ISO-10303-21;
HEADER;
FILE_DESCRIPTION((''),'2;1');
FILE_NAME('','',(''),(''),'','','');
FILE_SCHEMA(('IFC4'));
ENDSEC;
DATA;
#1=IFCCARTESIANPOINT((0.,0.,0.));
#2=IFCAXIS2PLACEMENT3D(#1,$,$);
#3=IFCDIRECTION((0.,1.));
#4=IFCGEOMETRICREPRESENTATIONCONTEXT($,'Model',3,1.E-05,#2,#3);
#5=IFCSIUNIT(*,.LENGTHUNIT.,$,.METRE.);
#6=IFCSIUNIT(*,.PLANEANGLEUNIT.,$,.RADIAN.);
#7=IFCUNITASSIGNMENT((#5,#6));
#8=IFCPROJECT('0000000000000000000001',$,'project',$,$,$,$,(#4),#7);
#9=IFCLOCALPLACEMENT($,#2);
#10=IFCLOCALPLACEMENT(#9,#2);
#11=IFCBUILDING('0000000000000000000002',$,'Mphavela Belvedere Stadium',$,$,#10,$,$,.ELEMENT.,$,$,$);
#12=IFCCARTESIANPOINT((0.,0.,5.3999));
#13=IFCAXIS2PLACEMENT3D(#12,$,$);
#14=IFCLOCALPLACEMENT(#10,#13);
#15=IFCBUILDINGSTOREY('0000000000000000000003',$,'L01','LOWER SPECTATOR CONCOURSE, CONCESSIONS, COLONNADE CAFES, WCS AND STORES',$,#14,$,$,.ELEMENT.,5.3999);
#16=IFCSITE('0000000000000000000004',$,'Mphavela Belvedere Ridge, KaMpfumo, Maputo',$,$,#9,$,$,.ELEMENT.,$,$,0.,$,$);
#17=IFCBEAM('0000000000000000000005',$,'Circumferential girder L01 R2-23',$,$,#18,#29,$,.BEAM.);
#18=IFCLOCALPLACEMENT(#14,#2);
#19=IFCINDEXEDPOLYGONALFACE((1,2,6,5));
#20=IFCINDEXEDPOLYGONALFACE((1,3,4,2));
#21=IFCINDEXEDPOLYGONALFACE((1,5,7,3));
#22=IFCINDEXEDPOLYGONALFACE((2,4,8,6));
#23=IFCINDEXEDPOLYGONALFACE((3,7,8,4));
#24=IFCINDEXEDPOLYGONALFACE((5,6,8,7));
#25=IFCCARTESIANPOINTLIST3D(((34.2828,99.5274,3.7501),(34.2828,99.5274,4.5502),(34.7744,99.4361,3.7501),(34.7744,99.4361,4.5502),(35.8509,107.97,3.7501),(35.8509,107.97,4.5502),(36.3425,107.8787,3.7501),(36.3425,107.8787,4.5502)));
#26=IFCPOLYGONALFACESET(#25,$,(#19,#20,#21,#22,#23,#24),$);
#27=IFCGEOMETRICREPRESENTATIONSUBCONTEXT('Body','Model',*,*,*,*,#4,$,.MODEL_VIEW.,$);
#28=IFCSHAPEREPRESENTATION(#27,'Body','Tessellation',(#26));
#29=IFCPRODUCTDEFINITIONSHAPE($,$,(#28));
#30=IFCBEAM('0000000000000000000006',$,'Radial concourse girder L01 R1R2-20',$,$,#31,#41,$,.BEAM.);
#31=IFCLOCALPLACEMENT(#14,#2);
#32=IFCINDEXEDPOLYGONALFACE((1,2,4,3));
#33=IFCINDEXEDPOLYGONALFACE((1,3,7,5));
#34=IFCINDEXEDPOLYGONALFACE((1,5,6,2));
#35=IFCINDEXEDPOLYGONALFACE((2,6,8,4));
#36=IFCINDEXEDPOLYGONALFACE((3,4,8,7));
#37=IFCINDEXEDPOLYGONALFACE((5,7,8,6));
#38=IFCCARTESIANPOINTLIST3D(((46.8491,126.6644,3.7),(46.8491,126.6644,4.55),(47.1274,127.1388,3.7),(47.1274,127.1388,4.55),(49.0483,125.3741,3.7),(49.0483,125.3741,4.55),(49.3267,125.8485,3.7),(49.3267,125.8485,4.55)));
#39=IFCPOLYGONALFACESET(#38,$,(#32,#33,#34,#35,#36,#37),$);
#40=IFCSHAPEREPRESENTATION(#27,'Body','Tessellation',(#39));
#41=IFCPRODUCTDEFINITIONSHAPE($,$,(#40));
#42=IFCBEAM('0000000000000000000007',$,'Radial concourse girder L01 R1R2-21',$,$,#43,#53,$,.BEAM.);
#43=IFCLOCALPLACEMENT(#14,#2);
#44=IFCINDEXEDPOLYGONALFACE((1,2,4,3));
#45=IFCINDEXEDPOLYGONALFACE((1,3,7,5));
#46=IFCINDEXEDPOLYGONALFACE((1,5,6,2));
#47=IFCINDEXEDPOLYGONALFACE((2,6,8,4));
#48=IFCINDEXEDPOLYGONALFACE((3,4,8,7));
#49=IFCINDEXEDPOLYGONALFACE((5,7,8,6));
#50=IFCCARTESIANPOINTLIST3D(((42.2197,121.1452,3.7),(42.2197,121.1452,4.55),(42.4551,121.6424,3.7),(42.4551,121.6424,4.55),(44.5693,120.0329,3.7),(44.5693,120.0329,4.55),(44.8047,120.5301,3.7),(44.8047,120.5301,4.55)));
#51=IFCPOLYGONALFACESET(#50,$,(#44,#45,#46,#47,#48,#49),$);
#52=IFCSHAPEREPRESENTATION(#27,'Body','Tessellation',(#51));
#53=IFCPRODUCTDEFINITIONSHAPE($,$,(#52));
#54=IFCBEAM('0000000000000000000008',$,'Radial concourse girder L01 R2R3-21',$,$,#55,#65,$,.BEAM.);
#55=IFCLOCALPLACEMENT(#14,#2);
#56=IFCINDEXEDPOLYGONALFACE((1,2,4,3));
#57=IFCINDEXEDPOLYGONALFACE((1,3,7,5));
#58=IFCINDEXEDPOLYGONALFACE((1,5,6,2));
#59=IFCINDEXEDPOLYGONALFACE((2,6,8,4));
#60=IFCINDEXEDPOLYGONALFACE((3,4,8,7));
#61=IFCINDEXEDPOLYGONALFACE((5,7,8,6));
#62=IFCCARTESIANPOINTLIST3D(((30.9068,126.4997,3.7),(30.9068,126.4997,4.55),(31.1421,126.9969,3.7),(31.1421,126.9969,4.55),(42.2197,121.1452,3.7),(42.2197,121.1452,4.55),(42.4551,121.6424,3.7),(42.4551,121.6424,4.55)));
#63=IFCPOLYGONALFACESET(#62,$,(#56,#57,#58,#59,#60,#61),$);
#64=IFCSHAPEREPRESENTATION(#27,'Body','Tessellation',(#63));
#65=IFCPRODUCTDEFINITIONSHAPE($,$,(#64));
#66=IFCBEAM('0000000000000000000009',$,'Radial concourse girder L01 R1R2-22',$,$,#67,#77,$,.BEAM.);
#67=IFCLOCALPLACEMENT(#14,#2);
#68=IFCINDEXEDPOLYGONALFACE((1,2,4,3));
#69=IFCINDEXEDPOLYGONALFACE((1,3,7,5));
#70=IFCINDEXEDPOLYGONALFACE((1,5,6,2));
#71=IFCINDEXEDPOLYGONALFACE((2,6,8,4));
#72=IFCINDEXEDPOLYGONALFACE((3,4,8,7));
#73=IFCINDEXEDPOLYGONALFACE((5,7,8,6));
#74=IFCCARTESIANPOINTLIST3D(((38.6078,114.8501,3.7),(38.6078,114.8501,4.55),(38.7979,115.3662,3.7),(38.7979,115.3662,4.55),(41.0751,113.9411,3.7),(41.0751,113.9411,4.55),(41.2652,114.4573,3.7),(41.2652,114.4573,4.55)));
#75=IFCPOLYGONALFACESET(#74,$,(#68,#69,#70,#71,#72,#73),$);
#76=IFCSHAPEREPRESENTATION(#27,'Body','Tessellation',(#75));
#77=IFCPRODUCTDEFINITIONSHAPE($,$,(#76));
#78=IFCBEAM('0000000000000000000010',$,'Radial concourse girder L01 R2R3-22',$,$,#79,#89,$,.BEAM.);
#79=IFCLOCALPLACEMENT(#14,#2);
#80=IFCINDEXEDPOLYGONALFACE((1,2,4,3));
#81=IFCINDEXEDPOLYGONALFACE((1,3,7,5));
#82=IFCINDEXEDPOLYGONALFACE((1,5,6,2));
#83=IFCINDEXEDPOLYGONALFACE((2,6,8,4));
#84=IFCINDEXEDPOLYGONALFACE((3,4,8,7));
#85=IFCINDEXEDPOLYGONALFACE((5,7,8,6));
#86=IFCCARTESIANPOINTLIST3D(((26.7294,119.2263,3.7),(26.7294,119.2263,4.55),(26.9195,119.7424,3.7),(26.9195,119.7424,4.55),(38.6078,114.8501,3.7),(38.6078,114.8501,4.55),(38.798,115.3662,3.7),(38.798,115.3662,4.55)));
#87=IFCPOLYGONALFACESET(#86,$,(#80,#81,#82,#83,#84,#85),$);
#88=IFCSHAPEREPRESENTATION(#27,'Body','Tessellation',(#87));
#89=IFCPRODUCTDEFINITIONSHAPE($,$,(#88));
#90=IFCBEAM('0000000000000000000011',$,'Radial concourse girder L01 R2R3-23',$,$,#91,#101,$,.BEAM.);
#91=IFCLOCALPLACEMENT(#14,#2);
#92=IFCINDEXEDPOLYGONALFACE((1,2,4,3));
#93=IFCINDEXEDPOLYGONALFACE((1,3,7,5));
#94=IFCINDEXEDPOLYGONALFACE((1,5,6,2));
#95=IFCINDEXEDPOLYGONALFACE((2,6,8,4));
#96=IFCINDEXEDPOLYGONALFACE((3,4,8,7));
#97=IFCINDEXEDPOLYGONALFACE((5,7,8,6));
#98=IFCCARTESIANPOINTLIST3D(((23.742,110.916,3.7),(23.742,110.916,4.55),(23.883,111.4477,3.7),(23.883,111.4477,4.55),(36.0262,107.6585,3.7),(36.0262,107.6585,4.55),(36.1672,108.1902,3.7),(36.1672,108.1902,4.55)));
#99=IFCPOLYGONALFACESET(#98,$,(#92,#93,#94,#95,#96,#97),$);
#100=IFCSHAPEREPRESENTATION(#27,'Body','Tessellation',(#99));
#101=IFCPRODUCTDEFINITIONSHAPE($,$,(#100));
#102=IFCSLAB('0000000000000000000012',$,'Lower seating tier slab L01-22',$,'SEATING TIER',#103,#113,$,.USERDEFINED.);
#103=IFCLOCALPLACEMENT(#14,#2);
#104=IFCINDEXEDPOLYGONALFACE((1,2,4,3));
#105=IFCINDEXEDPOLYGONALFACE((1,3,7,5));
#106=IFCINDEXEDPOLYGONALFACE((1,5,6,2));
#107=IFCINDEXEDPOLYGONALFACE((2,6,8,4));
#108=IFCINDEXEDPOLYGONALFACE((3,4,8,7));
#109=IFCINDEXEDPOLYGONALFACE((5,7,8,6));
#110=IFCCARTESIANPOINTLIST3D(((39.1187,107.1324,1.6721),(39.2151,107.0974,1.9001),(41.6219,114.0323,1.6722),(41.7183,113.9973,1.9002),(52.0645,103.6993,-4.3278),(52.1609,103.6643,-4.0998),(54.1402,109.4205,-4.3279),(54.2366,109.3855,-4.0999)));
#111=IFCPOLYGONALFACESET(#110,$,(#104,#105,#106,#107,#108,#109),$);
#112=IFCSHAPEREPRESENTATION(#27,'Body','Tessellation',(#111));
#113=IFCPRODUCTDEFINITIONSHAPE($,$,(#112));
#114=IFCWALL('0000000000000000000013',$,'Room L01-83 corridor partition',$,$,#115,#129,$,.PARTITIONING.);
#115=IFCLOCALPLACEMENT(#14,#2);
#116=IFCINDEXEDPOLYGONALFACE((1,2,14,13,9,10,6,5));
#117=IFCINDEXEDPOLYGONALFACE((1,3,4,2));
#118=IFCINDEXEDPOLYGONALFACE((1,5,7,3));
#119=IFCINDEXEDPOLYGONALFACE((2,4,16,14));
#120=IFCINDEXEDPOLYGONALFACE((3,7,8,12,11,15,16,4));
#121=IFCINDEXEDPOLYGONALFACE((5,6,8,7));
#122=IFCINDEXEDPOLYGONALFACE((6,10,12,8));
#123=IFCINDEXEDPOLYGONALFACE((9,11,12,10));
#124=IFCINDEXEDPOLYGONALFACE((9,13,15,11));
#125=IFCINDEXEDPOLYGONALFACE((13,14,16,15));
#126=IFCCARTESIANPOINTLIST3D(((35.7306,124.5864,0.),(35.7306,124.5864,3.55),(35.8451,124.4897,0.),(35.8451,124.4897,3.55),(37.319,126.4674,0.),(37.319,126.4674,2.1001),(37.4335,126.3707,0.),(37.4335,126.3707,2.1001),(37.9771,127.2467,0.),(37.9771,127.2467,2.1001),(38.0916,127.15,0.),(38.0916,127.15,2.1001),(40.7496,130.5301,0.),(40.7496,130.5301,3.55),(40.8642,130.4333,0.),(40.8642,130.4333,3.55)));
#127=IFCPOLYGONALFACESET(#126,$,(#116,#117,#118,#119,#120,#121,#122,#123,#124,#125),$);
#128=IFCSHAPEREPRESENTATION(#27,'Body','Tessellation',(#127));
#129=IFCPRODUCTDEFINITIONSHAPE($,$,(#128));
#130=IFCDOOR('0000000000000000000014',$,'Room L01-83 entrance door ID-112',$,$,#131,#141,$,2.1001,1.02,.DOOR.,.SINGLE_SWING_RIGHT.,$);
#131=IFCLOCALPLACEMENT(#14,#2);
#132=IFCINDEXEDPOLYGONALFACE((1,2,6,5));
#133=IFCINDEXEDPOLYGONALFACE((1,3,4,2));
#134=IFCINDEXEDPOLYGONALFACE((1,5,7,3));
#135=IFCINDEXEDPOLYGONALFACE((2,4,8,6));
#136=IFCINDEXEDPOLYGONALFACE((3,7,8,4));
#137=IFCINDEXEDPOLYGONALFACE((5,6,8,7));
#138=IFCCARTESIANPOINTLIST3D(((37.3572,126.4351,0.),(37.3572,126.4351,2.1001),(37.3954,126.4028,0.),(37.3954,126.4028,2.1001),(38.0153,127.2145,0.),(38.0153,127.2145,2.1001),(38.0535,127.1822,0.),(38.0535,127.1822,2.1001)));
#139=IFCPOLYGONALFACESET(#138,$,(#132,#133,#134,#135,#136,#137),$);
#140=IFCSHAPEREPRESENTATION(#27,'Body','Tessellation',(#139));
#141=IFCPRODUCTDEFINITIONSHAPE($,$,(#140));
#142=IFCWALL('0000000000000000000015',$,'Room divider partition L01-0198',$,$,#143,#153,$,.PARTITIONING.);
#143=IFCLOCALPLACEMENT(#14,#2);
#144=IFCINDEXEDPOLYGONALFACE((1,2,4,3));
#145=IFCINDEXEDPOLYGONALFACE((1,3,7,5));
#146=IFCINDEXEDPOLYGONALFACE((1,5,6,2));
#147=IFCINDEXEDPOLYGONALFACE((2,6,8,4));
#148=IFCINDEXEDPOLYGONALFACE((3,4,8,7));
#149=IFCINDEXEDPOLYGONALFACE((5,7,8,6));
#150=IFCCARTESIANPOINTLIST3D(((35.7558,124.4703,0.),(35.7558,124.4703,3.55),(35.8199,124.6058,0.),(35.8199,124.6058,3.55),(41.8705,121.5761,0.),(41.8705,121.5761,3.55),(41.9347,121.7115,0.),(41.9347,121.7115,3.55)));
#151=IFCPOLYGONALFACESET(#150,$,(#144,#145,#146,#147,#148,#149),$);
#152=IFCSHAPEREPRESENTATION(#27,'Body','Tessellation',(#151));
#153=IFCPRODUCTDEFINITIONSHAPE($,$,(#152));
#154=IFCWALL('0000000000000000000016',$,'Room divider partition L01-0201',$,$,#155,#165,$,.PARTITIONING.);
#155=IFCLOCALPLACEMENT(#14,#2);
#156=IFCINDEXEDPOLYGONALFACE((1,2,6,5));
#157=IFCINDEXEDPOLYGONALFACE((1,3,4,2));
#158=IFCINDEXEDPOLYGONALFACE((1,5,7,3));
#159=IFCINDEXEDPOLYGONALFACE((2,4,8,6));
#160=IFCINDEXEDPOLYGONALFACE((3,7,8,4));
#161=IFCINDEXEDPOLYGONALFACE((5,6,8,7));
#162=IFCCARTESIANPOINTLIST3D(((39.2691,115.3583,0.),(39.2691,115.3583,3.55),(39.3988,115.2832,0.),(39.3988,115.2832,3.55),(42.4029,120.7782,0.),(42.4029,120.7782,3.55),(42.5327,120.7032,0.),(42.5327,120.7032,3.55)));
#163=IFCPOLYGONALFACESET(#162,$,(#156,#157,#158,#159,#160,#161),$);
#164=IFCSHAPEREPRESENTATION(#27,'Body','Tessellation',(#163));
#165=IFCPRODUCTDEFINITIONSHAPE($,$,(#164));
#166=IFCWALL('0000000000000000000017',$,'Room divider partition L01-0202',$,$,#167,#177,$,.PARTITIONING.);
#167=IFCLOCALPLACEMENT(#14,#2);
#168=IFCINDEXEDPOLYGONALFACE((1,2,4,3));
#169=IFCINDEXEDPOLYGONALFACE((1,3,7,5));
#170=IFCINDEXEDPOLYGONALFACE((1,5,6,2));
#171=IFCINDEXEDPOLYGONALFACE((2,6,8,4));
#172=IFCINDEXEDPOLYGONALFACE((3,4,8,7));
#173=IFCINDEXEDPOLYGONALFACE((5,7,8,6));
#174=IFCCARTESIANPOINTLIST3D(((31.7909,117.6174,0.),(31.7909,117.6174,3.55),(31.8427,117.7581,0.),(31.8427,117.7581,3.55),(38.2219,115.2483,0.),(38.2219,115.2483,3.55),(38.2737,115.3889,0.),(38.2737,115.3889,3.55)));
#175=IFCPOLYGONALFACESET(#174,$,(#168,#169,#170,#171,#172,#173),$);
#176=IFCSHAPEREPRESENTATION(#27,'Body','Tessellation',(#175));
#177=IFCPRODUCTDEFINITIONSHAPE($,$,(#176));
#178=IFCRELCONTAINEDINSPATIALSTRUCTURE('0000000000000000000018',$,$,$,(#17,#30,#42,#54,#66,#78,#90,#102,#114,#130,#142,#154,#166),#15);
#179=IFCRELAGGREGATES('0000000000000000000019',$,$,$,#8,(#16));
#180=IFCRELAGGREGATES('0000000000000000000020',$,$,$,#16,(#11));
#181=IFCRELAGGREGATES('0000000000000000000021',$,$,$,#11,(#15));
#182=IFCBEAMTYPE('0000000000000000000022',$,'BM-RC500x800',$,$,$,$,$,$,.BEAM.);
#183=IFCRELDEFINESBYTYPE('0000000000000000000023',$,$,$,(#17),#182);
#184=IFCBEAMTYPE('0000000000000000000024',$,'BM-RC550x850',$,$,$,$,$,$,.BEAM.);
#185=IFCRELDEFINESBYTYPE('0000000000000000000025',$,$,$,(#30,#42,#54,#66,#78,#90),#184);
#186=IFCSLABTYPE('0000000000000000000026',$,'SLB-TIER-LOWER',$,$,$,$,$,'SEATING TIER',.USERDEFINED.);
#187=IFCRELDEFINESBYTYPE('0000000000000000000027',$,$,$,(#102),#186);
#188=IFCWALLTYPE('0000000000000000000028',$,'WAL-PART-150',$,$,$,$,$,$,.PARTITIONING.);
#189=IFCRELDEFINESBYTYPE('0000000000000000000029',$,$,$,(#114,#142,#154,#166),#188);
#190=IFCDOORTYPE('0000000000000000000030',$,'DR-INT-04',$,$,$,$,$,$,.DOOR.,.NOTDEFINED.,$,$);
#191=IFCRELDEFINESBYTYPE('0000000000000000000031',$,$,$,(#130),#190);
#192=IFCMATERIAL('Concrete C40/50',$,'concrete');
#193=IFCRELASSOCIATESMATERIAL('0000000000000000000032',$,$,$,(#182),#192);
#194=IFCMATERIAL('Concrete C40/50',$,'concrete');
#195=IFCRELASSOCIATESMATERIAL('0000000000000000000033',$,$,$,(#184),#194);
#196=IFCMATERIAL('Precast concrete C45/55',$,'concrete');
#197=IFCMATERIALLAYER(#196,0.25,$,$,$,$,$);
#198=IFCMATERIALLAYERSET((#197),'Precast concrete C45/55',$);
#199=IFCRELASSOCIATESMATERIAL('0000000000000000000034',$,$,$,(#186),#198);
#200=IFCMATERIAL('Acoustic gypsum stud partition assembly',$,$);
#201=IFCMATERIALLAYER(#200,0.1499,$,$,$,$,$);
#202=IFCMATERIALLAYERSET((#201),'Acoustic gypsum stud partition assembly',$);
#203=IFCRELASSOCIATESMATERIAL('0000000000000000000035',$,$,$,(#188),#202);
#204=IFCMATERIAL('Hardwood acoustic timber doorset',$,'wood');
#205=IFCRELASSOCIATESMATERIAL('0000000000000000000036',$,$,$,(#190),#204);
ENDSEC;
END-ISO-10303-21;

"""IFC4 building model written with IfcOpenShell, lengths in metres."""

from ifc_helpers import new_model, si_unit, direction, frame, frame_2d, origin, origin_2d, place, context, subcontext, project, spatial, polyline, rectangle, outline, extrude, material, layer, layer_set, material_profile, profile_set, type_object, element, fill, save


model = new_model("IFC4")

# Units and contexts
model_context = context("Model", 3, precision=1e-05, world=origin(), true_north=direction((0.0, 1.0)))
body_context = subcontext(model_context, "Body", "Model", "MODEL_VIEW")
ifc_project = project(units=[si_unit("LENGTHUNIT", "METRE"), si_unit("PLANEANGLEUNIT", "RADIAN")], contexts=[model_context])

# Site, building, storey
site_placement = place(None, origin())
site = spatial("IfcSite", under=ifc_project, at=site_placement, Name="Mphavela Belvedere Ridge, KaMpfumo, Maputo", CompositionType="ELEMENT", RefElevation=0.0)
building_placement = place(site_placement, origin())
building = spatial("IfcBuilding", under=site, at=building_placement, Name="Mphavela Belvedere Stadium", CompositionType="ELEMENT")
storey_placement = place(building_placement, frame((0.0, 0.0, 5.3999)))
storey = spatial("IfcBuildingStorey", under=building, at=storey_placement, Name="L01", Description="LOWER SPECTATOR CONCOURSE, CONCESSIONS, COLONNADE CAFES, WCS AND STORES", CompositionType="ELEMENT", Elevation=5.3999)

# Beams
ifc_material_1 = material(Name="Concrete C40/50", Category="concrete")
ifc_material_profile_1 = material_profile(ifc_material_1, rectangle(XDim=0.5, YDim=0.8, at=origin_2d()), Name="RC 500x800")
ifc_profile_set_1 = profile_set([ifc_material_profile_1], Name="Concrete C40/50")
beam_type_1 = type_object("IfcBeamType", Name="BM-RC500x800", PredefinedType="BEAM", material=ifc_profile_set_1)
beam_1_placement = place(storey_placement, frame((36.0967, 107.9243, 4.1501), z_axis=(-0.182615, -0.983185, 0.0), x_axis=(0.983185, -0.182615, 0.0)))
element("IfcBeam", 1, at=beam_1_placement, inside=storey, type_object=beam_type_1, Name="Circumferential girder L01 R2-23", PredefinedType="BEAM", context=body_context, shape_type="SweptSolid", body=[
    extrude(rectangle(XDim=0.5, YDim=0.8, at=origin_2d()), origin(), (0.0, 0.0, 1.0), 8.5869),
])
ifc_material_2 = material(Name="Concrete C40/50", Category="concrete")
ifc_material_profile_2 = material_profile(ifc_material_2, rectangle(XDim=0.55, YDim=0.8501, at=origin_2d()), Name="RC 550x850")
ifc_profile_set_2 = profile_set([ifc_material_profile_2], Name="Concrete C40/50")
beam_type_2 = type_object("IfcBeamType", Name="BM-RC550x850", PredefinedType="BEAM", material=ifc_profile_set_2)
beam_2_placement = place(storey_placement, frame((49.1875, 125.6113, 4.125), z_axis=(-0.862512, 0.506036, 0.0), x_axis=(-0.506036, -0.862512, 0.0)))
element("IfcBeam", 2, at=beam_2_placement, inside=storey, type_object=beam_type_2, Name="Radial concourse girder L01 R1R2-20", PredefinedType="BEAM", context=body_context, shape_type="SweptSolid", body=[
    extrude(rectangle(XDim=0.55, YDim=0.8501, at=origin_2d()), origin(), (0.0, 0.0, 1.0), 2.5498),
])
beam_3_placement = place(storey_placement, frame((44.687, 120.2815, 4.125), z_axis=(-0.903837, 0.427876, 0.0), x_axis=(-0.427876, -0.903837, 0.0)))
element("IfcBeam", 3, at=beam_3_placement, inside=storey, type_object=beam_type_2, Name="Radial concourse girder L01 R1R2-21", PredefinedType="BEAM", context=body_context, shape_type="SweptSolid", body=[
    extrude(rectangle(XDim=0.55, YDim=0.8501, at=origin_2d()), origin(), (0.0, 0.0, 1.0), 2.5996),
])
beam_4_placement = place(storey_placement, frame((42.3374, 121.3938, 4.125), z_axis=(-0.90387, 0.427806, 0.0), x_axis=(-0.427806, -0.90387, 0.0)))
element("IfcBeam", 4, at=beam_4_placement, inside=storey, type_object=beam_type_2, Name="Radial concourse girder L01 R2R3-21", PredefinedType="BEAM", context=body_context, shape_type="SweptSolid", body=[
    extrude(rectangle(XDim=0.55, YDim=0.8501, at=origin_2d()), origin(), (0.0, 0.0, 1.0), 12.5161),
])
beam_5_placement = place(storey_placement, frame((41.1702, 114.1992, 4.125), z_axis=(-0.938351, 0.345684, 0.0), x_axis=(-0.345684, -0.938351, 0.0)))
element("IfcBeam", 5, at=beam_5_placement, inside=storey, type_object=beam_type_2, Name="Radial concourse girder L01 R1R2-22", PredefinedType="BEAM", context=body_context, shape_type="SweptSolid", body=[
    extrude(rectangle(XDim=0.55, YDim=0.8501, at=origin_2d()), origin(), (0.0, 0.0, 1.0), 2.6294),
])
beam_6_placement = place(storey_placement, frame((38.7029, 115.1082, 4.125), z_axis=(-0.938344, 0.345703, 0.0), x_axis=(-0.345703, -0.938344, 0.0)))
element("IfcBeam", 6, at=beam_6_placement, inside=storey, type_object=beam_type_2, Name="Radial concourse girder L01 R2R3-22", PredefinedType="BEAM", context=body_context, shape_type="SweptSolid", body=[
    extrude(rectangle(XDim=0.55, YDim=0.8501, at=origin_2d()), origin(), (0.0, 0.0, 1.0), 12.6589),
])
beam_7_placement = place(storey_placement, frame((36.0967, 107.9243, 4.125), z_axis=(-0.966591, 0.256324, 0.0), x_axis=(-0.256324, -0.966591, 0.0)))
element("IfcBeam", 7, at=beam_7_placement, inside=storey, type_object=beam_type_2, Name="Radial concourse girder L01 R2R3-23", PredefinedType="BEAM", context=body_context, shape_type="SweptSolid", body=[
    extrude(rectangle(XDim=0.55, YDim=0.8501, at=origin_2d()), origin(), (0.0, 0.0, 1.0), 12.7087),
])

# Slab
ifc_material_3 = material(Name="Precast concrete C45/55", Category="concrete")
ifc_layer_1 = layer(ifc_material_3, 0.25)
ifc_layer_set_1 = layer_set([ifc_layer_1], Name="Precast concrete C45/55")
slab_type = type_object("IfcSlabType", Name="SLB-TIER-LOWER", ElementType="SEATING TIER", PredefinedType="USERDEFINED", material=ifc_layer_set_1)
slab_1_placement = place(storey_placement, frame((54.2366, 109.3855, -4.0999), z_axis=(0.385588, -0.139889, 0.912005), x_axis=(-0.341052, -0.940044, 0.000004)))
element("IfcSlab", 8, at=slab_1_placement, inside=storey, type_object=slab_type, Name="Lower seating tier slab L01-22", ObjectType="SEATING TIER", PredefinedType="USERDEFINED", context=body_context, shape_type="SweptSolid", body=[
    extrude(outline(polyline([(0.0, 0.0), (6.0861, 0.0), (7.274, -14.6277), (-0.0659, -14.6278), (0.0, 0.0)])), origin(), (0.0, 0.0, -1.0), 0.25),
])

# Wall, opening, door
ifc_material_4 = material(Name="Acoustic gypsum stud partition assembly")
ifc_layer_2 = layer(ifc_material_4, 0.1499)
ifc_layer_set_2 = layer_set([ifc_layer_2], Name="Acoustic gypsum stud partition assembly")
wall_type = type_object("IfcWallType", Name="WAL-PART-150", PredefinedType="PARTITIONING", material=ifc_layer_set_2)
wall_1_placement = place(storey_placement, frame((35.7878, 124.5381, 0.0), z_axis=(0.0, 0.0, 1.0), x_axis=(0.645181, 0.76403, 0.0)))
wall_1 = element("IfcWall", 9, at=wall_1_placement, inside=storey, type_object=wall_type, Name="Room L01-83 corridor partition", PredefinedType="PARTITIONING", context=body_context, shape_type="SweptSolid", body=[
    extrude(rectangle(XDim=7.7793, YDim=0.1499, at=frame_2d((3.8896, 0.0))), origin(), (0.0, 0.0, 1.0), 3.55),
])
opening_placement = place(wall_1_placement, frame((2.4619, 0.0, 0.0)))
opening = element("IfcOpeningElement", 10, at=opening_placement, cuts=wall_1, PredefinedType="OPENING", context=body_context, shape_type="SweptSolid", body=[
    extrude(rectangle(XDim=1.02, YDim=2.1001, at=frame_2d((0.51, 1.05))), frame((0.0, 0.085, 0.0), z_axis=(0.0, -1.0, 0.0), x_axis=(1.0, 0.0, 0.0)), (0.0, 0.0, 1.0), 0.1699),
])
ifc_material_5 = material(Name="Hardwood acoustic timber doorset", Category="wood")
door_type = type_object("IfcDoorType", Name="DR-INT-04", OperationType="NOTDEFINED", PredefinedType="DOOR", material=ifc_material_5)
door_placement = place(opening_placement, origin())
door = element("IfcDoor", 11, at=door_placement, inside=storey, type_object=door_type, Name="Room L01-83 entrance door ID-112", OperationType="SINGLE_SWING_RIGHT", OverallHeight=2.1001, OverallWidth=1.02, PredefinedType="DOOR", context=body_context, shape_type="SweptSolid", body=[
    extrude(rectangle(XDim=1.02, YDim=2.1001, at=frame_2d((0.51, 1.05))), frame((0.0, 0.0249, 0.0), z_axis=(0.0, -1.0, 0.0), x_axis=(1.0, 0.0, 0.0)), (0.0, 0.0, 1.0), 0.05),
])
fill(opening, door)

# Walls
wall_2_placement = place(storey_placement, frame((41.9026, 121.6438, 0.0), z_axis=(0.0, 0.0, 1.0), x_axis=(-0.903862, 0.427824, 0.0)))
element("IfcWall", 12, at=wall_2_placement, inside=storey, type_object=wall_type, Name="Room divider partition L01-0198", PredefinedType="PARTITIONING", context=body_context, shape_type="SweptSolid", body=[
    extrude(rectangle(XDim=6.7651, YDim=0.1499, at=frame_2d((3.3826, 0.0))), origin(), (0.0, 0.0, 1.0), 3.55),
])
wall_3_placement = place(storey_placement, frame((42.4678, 120.7407, 0.0), z_axis=(0.0, 0.0, 1.0), x_axis=(-0.50055, -0.865707, 0.0)))
element("IfcWall", 13, at=wall_3_placement, inside=storey, type_object=wall_type, Name="Room divider partition L01-0201", PredefinedType="PARTITIONING", context=body_context, shape_type="SweptSolid", body=[
    extrude(rectangle(XDim=6.2607, YDim=0.1499, at=frame_2d((3.1304, 0.0))), origin(), (0.0, 0.0, 1.0), 3.55),
])
wall_4_placement = place(storey_placement, frame((38.2478, 115.3186, 0.0), z_axis=(0.0, 0.0, 1.0), x_axis=(-0.93835, 0.345687, 0.0)))
element("IfcWall", 14, at=wall_4_placement, inside=storey, type_object=wall_type, Name="Room divider partition L01-0202", PredefinedType="PARTITIONING", context=body_context, shape_type="SweptSolid", body=[
    extrude(rectangle(XDim=6.8535, YDim=0.1499, at=frame_2d((3.4268, 0.0))), origin(), (0.0, 0.0, 1.0), 3.55),
])

save(model, "model.ifc")
